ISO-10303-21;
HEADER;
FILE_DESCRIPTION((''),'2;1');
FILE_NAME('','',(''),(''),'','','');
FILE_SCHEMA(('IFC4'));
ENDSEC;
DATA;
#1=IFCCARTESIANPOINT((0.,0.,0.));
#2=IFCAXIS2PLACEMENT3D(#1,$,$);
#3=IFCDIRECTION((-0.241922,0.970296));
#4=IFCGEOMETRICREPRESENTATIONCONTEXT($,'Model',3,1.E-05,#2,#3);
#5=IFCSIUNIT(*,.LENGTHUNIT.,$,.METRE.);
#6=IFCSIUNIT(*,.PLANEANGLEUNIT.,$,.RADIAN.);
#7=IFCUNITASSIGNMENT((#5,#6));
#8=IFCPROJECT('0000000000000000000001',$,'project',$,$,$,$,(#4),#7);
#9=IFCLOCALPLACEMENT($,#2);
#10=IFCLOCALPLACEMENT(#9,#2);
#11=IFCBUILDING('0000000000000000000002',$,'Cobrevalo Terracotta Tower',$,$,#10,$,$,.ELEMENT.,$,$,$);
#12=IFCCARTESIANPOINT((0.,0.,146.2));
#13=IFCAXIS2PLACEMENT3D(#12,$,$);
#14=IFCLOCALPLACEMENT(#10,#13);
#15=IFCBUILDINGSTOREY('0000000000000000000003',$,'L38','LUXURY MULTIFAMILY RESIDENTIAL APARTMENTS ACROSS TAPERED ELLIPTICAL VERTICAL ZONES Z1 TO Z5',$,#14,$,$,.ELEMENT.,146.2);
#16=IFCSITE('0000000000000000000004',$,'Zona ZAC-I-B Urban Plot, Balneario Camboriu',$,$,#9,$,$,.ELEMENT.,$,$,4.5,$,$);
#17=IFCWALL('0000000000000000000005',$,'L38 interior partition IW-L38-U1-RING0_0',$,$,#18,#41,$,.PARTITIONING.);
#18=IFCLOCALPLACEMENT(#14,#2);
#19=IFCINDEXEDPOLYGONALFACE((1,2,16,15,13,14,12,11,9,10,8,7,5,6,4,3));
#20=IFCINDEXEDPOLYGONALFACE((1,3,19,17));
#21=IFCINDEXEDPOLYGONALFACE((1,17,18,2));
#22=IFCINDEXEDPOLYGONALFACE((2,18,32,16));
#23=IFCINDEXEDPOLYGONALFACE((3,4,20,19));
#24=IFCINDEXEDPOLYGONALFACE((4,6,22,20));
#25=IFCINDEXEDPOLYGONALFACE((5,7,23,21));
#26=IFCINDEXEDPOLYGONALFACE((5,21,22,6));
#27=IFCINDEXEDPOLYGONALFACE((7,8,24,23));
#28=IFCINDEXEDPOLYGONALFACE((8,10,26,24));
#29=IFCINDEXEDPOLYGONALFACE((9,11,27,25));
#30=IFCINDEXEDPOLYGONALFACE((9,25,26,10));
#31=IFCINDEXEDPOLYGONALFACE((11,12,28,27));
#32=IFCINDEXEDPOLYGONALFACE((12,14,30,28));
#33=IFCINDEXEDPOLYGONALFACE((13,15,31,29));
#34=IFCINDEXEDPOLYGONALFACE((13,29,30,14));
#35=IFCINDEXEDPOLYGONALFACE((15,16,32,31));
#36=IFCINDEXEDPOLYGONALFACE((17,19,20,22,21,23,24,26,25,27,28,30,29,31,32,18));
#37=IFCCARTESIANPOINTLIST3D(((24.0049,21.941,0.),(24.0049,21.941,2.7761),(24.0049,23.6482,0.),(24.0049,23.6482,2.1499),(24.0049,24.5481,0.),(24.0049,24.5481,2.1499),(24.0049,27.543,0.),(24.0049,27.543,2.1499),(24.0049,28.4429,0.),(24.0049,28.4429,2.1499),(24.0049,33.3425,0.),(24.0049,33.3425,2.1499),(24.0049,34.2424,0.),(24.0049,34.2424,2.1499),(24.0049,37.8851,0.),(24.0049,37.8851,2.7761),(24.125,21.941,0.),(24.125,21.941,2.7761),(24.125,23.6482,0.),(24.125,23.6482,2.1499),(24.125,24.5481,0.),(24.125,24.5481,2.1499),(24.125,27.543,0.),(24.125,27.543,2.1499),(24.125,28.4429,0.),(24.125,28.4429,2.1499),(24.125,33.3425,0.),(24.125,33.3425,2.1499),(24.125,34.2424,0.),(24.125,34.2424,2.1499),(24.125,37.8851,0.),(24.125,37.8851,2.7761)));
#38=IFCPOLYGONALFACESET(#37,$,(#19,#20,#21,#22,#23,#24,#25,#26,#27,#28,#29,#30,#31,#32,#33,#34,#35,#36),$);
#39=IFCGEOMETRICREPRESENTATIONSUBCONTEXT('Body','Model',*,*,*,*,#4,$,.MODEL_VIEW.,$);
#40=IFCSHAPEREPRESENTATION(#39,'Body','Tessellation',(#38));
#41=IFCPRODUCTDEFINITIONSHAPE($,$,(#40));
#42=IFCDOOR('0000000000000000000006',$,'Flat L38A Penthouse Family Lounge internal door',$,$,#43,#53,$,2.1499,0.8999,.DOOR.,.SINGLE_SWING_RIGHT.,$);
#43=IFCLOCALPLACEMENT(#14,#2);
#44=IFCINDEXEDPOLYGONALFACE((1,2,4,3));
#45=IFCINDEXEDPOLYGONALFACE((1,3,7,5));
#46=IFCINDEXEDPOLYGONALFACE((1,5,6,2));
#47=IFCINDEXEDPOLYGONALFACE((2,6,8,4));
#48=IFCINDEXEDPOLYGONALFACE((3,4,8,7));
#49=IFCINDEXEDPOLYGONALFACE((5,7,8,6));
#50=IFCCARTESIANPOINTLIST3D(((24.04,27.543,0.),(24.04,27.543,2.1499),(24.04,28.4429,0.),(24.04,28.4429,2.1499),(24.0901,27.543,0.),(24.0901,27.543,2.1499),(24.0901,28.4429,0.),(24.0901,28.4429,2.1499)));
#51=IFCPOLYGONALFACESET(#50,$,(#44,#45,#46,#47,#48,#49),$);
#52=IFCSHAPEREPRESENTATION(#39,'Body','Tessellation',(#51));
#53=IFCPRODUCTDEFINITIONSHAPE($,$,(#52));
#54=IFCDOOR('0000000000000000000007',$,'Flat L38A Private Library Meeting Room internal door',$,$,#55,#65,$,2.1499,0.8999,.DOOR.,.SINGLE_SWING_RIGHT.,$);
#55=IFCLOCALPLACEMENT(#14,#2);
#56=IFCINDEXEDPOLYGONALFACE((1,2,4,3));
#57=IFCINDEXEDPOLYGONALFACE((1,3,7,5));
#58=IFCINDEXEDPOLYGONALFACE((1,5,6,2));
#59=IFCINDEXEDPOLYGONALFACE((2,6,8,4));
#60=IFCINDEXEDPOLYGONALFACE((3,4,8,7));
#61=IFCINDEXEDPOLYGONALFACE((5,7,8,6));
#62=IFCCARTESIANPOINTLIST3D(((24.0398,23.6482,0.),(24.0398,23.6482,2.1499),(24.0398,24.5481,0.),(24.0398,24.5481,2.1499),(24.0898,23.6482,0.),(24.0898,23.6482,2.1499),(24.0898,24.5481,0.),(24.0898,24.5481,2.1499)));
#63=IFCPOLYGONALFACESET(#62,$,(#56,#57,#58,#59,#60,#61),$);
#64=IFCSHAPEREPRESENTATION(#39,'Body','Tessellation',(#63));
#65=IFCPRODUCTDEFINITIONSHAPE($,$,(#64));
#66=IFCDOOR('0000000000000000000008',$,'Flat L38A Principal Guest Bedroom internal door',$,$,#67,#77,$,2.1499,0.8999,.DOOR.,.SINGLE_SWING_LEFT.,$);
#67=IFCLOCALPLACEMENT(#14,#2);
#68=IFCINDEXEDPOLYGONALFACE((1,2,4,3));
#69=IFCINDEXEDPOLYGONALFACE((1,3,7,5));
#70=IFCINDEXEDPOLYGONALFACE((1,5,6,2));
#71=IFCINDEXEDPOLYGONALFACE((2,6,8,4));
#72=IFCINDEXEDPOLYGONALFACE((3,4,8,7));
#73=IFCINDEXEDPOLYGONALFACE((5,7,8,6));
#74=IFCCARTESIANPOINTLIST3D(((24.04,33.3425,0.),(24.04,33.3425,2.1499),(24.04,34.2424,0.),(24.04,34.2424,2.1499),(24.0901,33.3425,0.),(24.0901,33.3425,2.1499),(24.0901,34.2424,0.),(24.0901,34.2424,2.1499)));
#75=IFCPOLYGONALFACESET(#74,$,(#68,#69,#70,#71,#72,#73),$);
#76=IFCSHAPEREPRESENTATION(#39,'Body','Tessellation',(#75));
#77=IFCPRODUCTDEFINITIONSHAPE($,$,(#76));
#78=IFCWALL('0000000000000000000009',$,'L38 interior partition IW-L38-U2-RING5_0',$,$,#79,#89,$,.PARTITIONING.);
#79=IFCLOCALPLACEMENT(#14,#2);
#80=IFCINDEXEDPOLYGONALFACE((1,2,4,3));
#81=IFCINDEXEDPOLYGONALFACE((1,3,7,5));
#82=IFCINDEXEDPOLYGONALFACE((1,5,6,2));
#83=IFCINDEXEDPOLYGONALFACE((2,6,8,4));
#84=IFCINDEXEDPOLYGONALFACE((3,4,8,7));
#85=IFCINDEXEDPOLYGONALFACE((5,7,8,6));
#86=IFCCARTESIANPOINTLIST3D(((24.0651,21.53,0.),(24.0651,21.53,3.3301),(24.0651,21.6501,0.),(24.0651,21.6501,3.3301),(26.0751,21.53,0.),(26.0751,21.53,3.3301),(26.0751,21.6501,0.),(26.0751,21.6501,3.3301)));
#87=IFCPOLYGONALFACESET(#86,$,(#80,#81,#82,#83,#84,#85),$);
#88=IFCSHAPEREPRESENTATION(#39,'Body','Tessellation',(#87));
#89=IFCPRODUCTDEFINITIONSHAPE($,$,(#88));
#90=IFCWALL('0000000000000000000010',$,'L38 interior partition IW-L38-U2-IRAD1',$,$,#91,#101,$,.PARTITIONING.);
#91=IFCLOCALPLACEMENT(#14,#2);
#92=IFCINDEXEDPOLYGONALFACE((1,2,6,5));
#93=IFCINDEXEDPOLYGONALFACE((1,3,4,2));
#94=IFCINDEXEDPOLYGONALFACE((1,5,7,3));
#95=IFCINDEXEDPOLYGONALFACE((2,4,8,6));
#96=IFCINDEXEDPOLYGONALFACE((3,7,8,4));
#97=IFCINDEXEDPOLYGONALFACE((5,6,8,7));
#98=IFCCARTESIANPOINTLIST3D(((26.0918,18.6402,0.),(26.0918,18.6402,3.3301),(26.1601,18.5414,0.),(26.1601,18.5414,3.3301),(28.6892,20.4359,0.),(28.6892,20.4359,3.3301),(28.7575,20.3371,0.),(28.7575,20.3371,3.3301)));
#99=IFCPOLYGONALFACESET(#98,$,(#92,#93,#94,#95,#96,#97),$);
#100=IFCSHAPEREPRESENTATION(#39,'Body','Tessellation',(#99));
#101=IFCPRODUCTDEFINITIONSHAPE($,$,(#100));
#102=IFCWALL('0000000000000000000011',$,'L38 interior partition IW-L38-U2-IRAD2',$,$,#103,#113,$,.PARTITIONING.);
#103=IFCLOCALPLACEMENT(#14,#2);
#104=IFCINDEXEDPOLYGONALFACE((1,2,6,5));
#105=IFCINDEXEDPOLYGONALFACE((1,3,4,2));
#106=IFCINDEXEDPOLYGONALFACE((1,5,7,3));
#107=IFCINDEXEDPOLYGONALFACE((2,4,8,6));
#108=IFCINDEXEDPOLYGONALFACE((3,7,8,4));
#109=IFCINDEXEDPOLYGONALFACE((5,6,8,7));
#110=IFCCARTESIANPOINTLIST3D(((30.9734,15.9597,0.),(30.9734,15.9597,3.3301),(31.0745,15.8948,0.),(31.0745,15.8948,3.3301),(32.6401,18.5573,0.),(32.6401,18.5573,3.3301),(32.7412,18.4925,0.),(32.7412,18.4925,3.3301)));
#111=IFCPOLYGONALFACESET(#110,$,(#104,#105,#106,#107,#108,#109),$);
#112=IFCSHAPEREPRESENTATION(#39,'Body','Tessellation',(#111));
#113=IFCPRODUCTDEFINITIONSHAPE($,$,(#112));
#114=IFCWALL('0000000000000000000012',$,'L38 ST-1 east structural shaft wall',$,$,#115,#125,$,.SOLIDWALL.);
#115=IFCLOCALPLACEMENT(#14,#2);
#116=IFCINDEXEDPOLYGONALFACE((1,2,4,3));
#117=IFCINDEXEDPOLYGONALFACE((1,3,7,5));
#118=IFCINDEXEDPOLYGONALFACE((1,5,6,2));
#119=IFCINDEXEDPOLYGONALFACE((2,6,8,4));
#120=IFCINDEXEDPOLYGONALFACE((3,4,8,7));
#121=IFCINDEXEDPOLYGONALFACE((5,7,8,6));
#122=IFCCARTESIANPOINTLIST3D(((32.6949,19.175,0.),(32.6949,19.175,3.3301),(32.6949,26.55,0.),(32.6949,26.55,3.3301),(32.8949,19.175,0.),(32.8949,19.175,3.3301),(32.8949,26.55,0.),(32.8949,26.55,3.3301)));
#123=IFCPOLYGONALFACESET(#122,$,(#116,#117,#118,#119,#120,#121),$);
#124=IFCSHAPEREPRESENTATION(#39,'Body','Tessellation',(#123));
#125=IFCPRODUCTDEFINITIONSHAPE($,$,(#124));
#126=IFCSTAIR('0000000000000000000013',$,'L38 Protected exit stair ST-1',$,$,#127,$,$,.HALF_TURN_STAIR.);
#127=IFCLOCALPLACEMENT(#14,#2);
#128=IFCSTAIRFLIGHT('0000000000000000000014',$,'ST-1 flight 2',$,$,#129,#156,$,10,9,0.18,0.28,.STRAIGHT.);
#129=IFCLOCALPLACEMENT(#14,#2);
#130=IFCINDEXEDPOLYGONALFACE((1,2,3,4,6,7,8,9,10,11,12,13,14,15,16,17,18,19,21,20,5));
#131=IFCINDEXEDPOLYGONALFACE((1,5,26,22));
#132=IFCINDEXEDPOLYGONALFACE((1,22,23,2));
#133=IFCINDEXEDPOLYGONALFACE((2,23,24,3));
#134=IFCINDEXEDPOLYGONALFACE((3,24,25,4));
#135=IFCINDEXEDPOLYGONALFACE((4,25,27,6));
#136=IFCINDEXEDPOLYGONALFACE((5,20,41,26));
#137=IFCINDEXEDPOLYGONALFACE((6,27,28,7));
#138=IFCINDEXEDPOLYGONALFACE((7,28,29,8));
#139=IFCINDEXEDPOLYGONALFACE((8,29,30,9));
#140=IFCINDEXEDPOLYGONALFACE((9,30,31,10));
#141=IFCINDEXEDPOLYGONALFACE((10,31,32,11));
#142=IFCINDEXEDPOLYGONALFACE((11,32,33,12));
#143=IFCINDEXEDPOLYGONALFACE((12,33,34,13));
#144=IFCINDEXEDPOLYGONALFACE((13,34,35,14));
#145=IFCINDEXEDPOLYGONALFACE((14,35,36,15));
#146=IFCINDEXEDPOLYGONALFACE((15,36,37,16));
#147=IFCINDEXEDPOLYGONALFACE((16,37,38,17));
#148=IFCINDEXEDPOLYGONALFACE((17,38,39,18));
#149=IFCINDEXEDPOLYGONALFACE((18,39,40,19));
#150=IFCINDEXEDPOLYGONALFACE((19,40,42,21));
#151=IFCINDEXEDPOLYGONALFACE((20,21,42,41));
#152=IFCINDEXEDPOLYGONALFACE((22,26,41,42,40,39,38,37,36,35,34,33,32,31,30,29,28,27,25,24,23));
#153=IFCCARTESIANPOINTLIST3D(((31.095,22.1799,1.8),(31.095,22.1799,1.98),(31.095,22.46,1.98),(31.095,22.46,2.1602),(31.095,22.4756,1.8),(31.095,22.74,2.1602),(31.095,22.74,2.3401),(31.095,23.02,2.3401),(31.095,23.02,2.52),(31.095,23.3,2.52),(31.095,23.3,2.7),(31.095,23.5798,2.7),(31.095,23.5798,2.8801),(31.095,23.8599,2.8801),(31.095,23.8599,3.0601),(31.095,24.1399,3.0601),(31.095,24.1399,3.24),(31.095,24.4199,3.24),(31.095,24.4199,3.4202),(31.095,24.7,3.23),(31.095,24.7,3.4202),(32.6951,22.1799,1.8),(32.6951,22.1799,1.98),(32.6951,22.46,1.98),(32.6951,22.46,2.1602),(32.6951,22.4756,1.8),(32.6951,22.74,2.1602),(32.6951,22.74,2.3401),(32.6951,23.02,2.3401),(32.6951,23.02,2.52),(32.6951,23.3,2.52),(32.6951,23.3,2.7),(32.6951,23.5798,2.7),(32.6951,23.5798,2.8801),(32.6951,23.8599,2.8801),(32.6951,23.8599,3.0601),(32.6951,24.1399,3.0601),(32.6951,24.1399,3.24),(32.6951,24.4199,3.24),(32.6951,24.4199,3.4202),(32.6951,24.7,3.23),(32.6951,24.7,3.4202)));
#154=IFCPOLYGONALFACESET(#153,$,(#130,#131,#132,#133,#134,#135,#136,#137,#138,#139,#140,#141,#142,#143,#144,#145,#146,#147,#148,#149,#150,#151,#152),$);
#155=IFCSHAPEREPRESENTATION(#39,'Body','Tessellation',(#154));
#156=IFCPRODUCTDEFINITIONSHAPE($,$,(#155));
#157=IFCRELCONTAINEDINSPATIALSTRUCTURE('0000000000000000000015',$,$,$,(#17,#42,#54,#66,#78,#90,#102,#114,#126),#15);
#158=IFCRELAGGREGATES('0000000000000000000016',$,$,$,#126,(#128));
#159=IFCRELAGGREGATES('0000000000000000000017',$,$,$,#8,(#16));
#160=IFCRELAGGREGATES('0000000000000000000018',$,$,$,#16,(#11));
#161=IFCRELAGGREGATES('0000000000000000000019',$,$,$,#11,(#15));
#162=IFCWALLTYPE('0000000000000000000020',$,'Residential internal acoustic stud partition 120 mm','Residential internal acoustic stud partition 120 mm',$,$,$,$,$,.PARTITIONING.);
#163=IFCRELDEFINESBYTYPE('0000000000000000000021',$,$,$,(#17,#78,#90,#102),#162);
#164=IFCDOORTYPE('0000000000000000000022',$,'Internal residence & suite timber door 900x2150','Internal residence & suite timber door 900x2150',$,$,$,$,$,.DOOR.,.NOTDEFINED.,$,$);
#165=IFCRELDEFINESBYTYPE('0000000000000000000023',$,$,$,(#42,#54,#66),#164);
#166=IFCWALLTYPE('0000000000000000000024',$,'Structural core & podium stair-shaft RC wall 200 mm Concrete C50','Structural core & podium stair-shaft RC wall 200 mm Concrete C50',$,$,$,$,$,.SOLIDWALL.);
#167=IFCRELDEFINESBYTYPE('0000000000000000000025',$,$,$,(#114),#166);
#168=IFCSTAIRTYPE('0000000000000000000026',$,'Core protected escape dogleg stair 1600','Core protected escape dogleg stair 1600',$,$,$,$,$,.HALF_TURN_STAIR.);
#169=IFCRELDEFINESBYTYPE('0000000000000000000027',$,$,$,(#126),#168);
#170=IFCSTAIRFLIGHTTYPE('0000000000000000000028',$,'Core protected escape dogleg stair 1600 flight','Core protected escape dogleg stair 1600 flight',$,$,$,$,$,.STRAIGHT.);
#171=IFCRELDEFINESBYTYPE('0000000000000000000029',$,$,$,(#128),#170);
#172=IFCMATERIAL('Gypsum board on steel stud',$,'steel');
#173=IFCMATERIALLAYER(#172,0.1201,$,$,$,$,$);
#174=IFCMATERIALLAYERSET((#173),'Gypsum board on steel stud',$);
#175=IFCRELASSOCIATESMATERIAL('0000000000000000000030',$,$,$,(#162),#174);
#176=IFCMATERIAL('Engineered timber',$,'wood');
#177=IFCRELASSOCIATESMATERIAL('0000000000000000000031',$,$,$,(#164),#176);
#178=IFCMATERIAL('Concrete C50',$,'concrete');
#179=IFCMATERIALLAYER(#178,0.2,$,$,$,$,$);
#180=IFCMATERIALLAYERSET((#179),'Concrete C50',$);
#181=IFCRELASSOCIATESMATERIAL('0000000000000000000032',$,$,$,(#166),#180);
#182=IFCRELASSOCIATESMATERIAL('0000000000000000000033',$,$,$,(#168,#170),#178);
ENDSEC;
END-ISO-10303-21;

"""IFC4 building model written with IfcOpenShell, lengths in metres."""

from ifc_helpers import new_model, si_unit, direction, frame, frame_2d, origin, place, context, subcontext, project, spatial, polyline, rectangle, outline, extrude, source, transform, mapped, material, layer, layer_set, type_object, element, fill, aggregate, save


model = new_model("IFC4")

# Units and contexts
model_context = context("Model", 3, precision=1e-05, world=origin(), true_north=direction((-0.241922, 0.970296)))
body_context = subcontext(model_context, "Body", "Model", "MODEL_VIEW")
ifc_project = project(units=[si_unit("LENGTHUNIT", "METRE"), si_unit("PLANEANGLEUNIT", "RADIAN")], contexts=[model_context])

# Site, building, storey
site_placement = place(None, origin())
site = spatial("IfcSite", under=ifc_project, at=site_placement, Name="Zona ZAC-I-B Urban Plot, Balneario Camboriu", CompositionType="ELEMENT", RefElevation=4.5)
building_placement = place(site_placement, origin())
building = spatial("IfcBuilding", under=site, at=building_placement, Name="Cobrevalo Terracotta Tower", CompositionType="ELEMENT")
storey_placement = place(building_placement, frame((0.0, 0.0, 146.2)))
storey = spatial("IfcBuildingStorey", under=building, at=storey_placement, Name="L38", Description="LUXURY MULTIFAMILY RESIDENTIAL APARTMENTS ACROSS TAPERED ELLIPTICAL VERTICAL ZONES Z1 TO Z5", CompositionType="ELEMENT", Elevation=146.2)

# Shared definitions
ifc_material_1 = material(Name="Gypsum board on steel stud", Category="steel")

# Wall, openings, doors
ifc_layer_1 = layer(ifc_material_1, 0.1201)
ifc_layer_set_1 = layer_set([ifc_layer_1], Name="Gypsum board on steel stud")
wall_type_1 = type_object("IfcWallType", Name="Residential internal acoustic stud partition 120 mm", Description="Residential internal acoustic stud partition 120 mm", PredefinedType="PARTITIONING", material=ifc_layer_set_1)
wall_1_placement = place(storey_placement, frame((24.0649, 21.9409, 0.0), z_axis=(0.0, 0.0, 1.0), x_axis=(0.0, 1.0, 0.0)))
wall_1 = element("IfcWall", 1, at=wall_1_placement, inside=storey, type_object=wall_type_1, Name="L38 interior partition IW-L38-U1-RING0_0", PredefinedType="PARTITIONING", context=body_context, shape_type="SweptSolid", body=[
    extrude(rectangle(XDim=15.9441, YDim=0.1201, at=frame_2d((7.9722, 0.0))), origin(), (0.0, 0.0, 1.0), 2.7761),
])
opening_1_placement = place(wall_1_placement, frame((5.6021, 0.0, 0.0)))
opening_1 = element("IfcOpeningElement", 2, at=opening_1_placement, cuts=wall_1, PredefinedType="OPENING", context=body_context, shape_type="SweptSolid", body=[
    extrude(rectangle(XDim=0.8999, YDim=2.1499, at=frame_2d((0.45, 1.075))), frame((0.0, 0.0701, 0.0), z_axis=(0.0, -1.0, 0.0), x_axis=(1.0, 0.0, 0.0)), (0.0, 0.0, 1.0), 0.1401),
])
opening_2_placement = place(wall_1_placement, frame((1.7073, 0.0, 0.0)))
opening_2 = element("IfcOpeningElement", 3, at=opening_2_placement, cuts=wall_1, PredefinedType="OPENING", context=body_context, shape_type="SweptSolid", body=[
    extrude(rectangle(XDim=0.8999, YDim=2.1499, at=frame_2d((0.45, 1.075))), frame((0.0, 0.0701, 0.0), z_axis=(0.0, -1.0, 0.0), x_axis=(1.0, 0.0, 0.0)), (0.0, 0.0, 1.0), 0.1401),
])
opening_3_placement = place(wall_1_placement, frame((11.4016, 0.0, 0.0)))
opening_3 = element("IfcOpeningElement", 4, at=opening_3_placement, cuts=wall_1, PredefinedType="OPENING", context=body_context, shape_type="SweptSolid", body=[
    extrude(rectangle(XDim=0.8999, YDim=2.1499, at=frame_2d((0.45, 1.075))), frame((0.0, 0.0701, 0.0), z_axis=(0.0, -1.0, 0.0), x_axis=(1.0, 0.0, 0.0)), (0.0, 0.0, 1.0), 0.1401),
])
ifc_material_2 = material(Name="Engineered timber", Category="wood")
door_type_1 = type_object("IfcDoorType", Name="Internal residence & suite timber door 900x2150", Description="Internal residence & suite timber door 900x2150", OperationType="NOTDEFINED", PredefinedType="DOOR", material=ifc_material_2)
shared_shape_1 = source(origin(), body_context, "Body", "SweptSolid", [
    extrude(rectangle(XDim=0.8999, YDim=2.1499, at=frame_2d((0.45, 1.075))), frame((0.0, 0.0249, 0.0), z_axis=(0.0, -1.0, 0.0), x_axis=(1.0, 0.0, 0.0)), (0.0, 0.0, 1.0), 0.05),
])
door_1_placement = place(opening_1_placement, origin())
door_1 = element("IfcDoor", 5, at=door_1_placement, inside=storey, type_object=door_type_1, Name="Flat L38A Penthouse Family Lounge internal door", OperationType="SINGLE_SWING_RIGHT", OverallHeight=2.1499, OverallWidth=0.8999, PredefinedType="DOOR", context=body_context, shape_type="MappedRepresentation", body=[
    mapped(shared_shape_1, transform((0.0, 0.0, 0.0), scale=1.0)),
])
fill(opening_1, door_1)
door_2_placement = place(opening_2_placement, frame((0.8999, 0.0, 0.0), z_axis=(0.0, 0.0, 1.0), x_axis=(-1.0, 0.0, 0.0)))
door_2 = element("IfcDoor", 6, at=door_2_placement, inside=storey, type_object=door_type_1, Name="Flat L38A Private Library Meeting Room internal door", OperationType="SINGLE_SWING_RIGHT", OverallHeight=2.1499, OverallWidth=0.8999, PredefinedType="DOOR", context=body_context, shape_type="MappedRepresentation", body=[
    mapped(shared_shape_1, transform((0.0, 0.0, 0.0), scale=1.0)),
])
fill(opening_2, door_2)
door_3_placement = place(opening_3_placement, origin())
door_3 = element("IfcDoor", 7, at=door_3_placement, inside=storey, type_object=door_type_1, Name="Flat L38A Principal Guest Bedroom internal door", OperationType="SINGLE_SWING_LEFT", OverallHeight=2.1499, OverallWidth=0.8999, PredefinedType="DOOR", context=body_context, shape_type="MappedRepresentation", body=[
    mapped(shared_shape_1, transform((0.0, 0.0, 0.0), scale=1.0)),
])
fill(opening_3, door_3)

# Walls
wall_2_placement = place(storey_placement, frame((26.075, 21.5901, 0.0), z_axis=(0.0, 0.0, 1.0), x_axis=(-1.0, 0.0, 0.0)))
element("IfcWall", 8, at=wall_2_placement, inside=storey, type_object=wall_type_1, Name="L38 interior partition IW-L38-U2-RING5_0", PredefinedType="PARTITIONING", context=body_context, shape_type="SweptSolid", body=[
    extrude(rectangle(XDim=2.01, YDim=0.1201, at=frame_2d((1.0049, 0.0))), origin(), (0.0, 0.0, 1.0), 3.3301),
])
wall_3_placement = place(storey_placement, frame((28.7234, 20.3865, 0.0), z_axis=(0.0, 0.0, 1.0), x_axis=(-0.822571, -0.568663, 0.0)))
element("IfcWall", 9, at=wall_3_placement, inside=storey, type_object=wall_type_1, Name="L38 interior partition IW-L38-U2-IRAD1", PredefinedType="PARTITIONING", context=body_context, shape_type="SweptSolid", body=[
    extrude(rectangle(XDim=3.1577, YDim=0.1201, at=frame_2d((1.5789, 0.0))), origin(), (0.0, 0.0, 1.0), 3.3301),
])
wall_4_placement = place(storey_placement, frame((32.6907, 18.5249, 0.0), z_axis=(0.0, 0.0, 1.0), x_axis=(-0.54003, -0.841646, 0.0)))
element("IfcWall", 10, at=wall_4_placement, inside=storey, type_object=wall_type_1, Name="L38 interior partition IW-L38-U2-IRAD2", PredefinedType="PARTITIONING", context=body_context, shape_type="SweptSolid", body=[
    extrude(rectangle(XDim=3.0864, YDim=0.1201, at=frame_2d((1.5432, 0.0))), origin(), (0.0, 0.0, 1.0), 3.3301),
])
ifc_material_3 = material(Name="Concrete C50", Category="concrete")
ifc_layer_2 = layer(ifc_material_3, 0.2)
ifc_layer_set_2 = layer_set([ifc_layer_2], Name="Concrete C50")
wall_type_2 = type_object("IfcWallType", Name="Structural core & podium stair-shaft RC wall 200 mm Concrete C50", Description="Structural core & podium stair-shaft RC wall 200 mm Concrete C50", PredefinedType="SOLIDWALL", material=ifc_layer_set_2)
wall_5_placement = place(storey_placement, frame((32.7949, 19.175, 0.0), z_axis=(0.0, 0.0, 1.0), x_axis=(0.0, 1.0, 0.0)))
element("IfcWall", 11, at=wall_5_placement, inside=storey, type_object=wall_type_2, Name="L38 ST-1 east structural shaft wall", PredefinedType="SOLIDWALL", context=body_context, shape_type="SweptSolid", body=[
    extrude(rectangle(XDim=7.375, YDim=0.2, at=frame_2d((3.6875, 0.0))), origin(), (0.0, 0.0, 1.0), 3.3301),
])

# Stair, stair flight
stair_type = type_object("IfcStairType", Name="Core protected escape dogleg stair 1600", Description="Core protected escape dogleg stair 1600", PredefinedType="HALF_TURN_STAIR", material=ifc_material_3)
stair_placement = place(storey_placement, origin())
stair = element("IfcStair", 12, at=stair_placement, inside=storey, type_object=stair_type, Name="L38 Protected exit stair ST-1", PredefinedType="HALF_TURN_STAIR")
stair_flight_type = type_object("IfcStairFlightType", Name="Core protected escape dogleg stair 1600 flight", Description="Core protected escape dogleg stair 1600 flight", PredefinedType="STRAIGHT", material=ifc_material_3)
stair_flight_placement = place(storey_placement, frame((31.895, 22.1799, 1.8), z_axis=(0.0, 0.0, 1.0), x_axis=(0.0, 1.0, 0.0)))
stair_flight = element("IfcStairFlight", 13, at=stair_flight_placement, type_object=stair_flight_type, Name="ST-1 flight 2", NumberOfRisers=10, NumberOfTreads=9, PredefinedType="STRAIGHT", RiserHeight=0.18, TreadLength=0.28, context=body_context, shape_type="SweptSolid", body=[
    extrude(outline(polyline([(0.0, 0.0), (0.0, 0.1799), (0.28, 0.1799), (0.28, 0.3601), (0.5601, 0.3601), (0.5601, 0.54), (0.8401, 0.54), (0.8401, 0.72), (1.1201, 0.72), (1.1201, 0.8999), (1.3999, 0.8999), (1.3999, 1.0801), (1.6799, 1.0801), (1.6799, 1.26), (1.96, 1.26), (1.96, 1.4399), (2.24, 1.4399), (2.24, 1.6201), (2.52, 1.6201), (2.52, 1.8), (2.52, 1.4299), (0.2957, 0.0), (0.0, 0.0)])), frame((0.0, 0.8, 0.0), z_axis=(0.0, -1.0, 0.0), x_axis=(1.0, 0.0, 0.0)), (0.0, 0.0, 1.0), 1.6001),
])
aggregate(stair, [stair_flight])

save(model, "model.ifc")
